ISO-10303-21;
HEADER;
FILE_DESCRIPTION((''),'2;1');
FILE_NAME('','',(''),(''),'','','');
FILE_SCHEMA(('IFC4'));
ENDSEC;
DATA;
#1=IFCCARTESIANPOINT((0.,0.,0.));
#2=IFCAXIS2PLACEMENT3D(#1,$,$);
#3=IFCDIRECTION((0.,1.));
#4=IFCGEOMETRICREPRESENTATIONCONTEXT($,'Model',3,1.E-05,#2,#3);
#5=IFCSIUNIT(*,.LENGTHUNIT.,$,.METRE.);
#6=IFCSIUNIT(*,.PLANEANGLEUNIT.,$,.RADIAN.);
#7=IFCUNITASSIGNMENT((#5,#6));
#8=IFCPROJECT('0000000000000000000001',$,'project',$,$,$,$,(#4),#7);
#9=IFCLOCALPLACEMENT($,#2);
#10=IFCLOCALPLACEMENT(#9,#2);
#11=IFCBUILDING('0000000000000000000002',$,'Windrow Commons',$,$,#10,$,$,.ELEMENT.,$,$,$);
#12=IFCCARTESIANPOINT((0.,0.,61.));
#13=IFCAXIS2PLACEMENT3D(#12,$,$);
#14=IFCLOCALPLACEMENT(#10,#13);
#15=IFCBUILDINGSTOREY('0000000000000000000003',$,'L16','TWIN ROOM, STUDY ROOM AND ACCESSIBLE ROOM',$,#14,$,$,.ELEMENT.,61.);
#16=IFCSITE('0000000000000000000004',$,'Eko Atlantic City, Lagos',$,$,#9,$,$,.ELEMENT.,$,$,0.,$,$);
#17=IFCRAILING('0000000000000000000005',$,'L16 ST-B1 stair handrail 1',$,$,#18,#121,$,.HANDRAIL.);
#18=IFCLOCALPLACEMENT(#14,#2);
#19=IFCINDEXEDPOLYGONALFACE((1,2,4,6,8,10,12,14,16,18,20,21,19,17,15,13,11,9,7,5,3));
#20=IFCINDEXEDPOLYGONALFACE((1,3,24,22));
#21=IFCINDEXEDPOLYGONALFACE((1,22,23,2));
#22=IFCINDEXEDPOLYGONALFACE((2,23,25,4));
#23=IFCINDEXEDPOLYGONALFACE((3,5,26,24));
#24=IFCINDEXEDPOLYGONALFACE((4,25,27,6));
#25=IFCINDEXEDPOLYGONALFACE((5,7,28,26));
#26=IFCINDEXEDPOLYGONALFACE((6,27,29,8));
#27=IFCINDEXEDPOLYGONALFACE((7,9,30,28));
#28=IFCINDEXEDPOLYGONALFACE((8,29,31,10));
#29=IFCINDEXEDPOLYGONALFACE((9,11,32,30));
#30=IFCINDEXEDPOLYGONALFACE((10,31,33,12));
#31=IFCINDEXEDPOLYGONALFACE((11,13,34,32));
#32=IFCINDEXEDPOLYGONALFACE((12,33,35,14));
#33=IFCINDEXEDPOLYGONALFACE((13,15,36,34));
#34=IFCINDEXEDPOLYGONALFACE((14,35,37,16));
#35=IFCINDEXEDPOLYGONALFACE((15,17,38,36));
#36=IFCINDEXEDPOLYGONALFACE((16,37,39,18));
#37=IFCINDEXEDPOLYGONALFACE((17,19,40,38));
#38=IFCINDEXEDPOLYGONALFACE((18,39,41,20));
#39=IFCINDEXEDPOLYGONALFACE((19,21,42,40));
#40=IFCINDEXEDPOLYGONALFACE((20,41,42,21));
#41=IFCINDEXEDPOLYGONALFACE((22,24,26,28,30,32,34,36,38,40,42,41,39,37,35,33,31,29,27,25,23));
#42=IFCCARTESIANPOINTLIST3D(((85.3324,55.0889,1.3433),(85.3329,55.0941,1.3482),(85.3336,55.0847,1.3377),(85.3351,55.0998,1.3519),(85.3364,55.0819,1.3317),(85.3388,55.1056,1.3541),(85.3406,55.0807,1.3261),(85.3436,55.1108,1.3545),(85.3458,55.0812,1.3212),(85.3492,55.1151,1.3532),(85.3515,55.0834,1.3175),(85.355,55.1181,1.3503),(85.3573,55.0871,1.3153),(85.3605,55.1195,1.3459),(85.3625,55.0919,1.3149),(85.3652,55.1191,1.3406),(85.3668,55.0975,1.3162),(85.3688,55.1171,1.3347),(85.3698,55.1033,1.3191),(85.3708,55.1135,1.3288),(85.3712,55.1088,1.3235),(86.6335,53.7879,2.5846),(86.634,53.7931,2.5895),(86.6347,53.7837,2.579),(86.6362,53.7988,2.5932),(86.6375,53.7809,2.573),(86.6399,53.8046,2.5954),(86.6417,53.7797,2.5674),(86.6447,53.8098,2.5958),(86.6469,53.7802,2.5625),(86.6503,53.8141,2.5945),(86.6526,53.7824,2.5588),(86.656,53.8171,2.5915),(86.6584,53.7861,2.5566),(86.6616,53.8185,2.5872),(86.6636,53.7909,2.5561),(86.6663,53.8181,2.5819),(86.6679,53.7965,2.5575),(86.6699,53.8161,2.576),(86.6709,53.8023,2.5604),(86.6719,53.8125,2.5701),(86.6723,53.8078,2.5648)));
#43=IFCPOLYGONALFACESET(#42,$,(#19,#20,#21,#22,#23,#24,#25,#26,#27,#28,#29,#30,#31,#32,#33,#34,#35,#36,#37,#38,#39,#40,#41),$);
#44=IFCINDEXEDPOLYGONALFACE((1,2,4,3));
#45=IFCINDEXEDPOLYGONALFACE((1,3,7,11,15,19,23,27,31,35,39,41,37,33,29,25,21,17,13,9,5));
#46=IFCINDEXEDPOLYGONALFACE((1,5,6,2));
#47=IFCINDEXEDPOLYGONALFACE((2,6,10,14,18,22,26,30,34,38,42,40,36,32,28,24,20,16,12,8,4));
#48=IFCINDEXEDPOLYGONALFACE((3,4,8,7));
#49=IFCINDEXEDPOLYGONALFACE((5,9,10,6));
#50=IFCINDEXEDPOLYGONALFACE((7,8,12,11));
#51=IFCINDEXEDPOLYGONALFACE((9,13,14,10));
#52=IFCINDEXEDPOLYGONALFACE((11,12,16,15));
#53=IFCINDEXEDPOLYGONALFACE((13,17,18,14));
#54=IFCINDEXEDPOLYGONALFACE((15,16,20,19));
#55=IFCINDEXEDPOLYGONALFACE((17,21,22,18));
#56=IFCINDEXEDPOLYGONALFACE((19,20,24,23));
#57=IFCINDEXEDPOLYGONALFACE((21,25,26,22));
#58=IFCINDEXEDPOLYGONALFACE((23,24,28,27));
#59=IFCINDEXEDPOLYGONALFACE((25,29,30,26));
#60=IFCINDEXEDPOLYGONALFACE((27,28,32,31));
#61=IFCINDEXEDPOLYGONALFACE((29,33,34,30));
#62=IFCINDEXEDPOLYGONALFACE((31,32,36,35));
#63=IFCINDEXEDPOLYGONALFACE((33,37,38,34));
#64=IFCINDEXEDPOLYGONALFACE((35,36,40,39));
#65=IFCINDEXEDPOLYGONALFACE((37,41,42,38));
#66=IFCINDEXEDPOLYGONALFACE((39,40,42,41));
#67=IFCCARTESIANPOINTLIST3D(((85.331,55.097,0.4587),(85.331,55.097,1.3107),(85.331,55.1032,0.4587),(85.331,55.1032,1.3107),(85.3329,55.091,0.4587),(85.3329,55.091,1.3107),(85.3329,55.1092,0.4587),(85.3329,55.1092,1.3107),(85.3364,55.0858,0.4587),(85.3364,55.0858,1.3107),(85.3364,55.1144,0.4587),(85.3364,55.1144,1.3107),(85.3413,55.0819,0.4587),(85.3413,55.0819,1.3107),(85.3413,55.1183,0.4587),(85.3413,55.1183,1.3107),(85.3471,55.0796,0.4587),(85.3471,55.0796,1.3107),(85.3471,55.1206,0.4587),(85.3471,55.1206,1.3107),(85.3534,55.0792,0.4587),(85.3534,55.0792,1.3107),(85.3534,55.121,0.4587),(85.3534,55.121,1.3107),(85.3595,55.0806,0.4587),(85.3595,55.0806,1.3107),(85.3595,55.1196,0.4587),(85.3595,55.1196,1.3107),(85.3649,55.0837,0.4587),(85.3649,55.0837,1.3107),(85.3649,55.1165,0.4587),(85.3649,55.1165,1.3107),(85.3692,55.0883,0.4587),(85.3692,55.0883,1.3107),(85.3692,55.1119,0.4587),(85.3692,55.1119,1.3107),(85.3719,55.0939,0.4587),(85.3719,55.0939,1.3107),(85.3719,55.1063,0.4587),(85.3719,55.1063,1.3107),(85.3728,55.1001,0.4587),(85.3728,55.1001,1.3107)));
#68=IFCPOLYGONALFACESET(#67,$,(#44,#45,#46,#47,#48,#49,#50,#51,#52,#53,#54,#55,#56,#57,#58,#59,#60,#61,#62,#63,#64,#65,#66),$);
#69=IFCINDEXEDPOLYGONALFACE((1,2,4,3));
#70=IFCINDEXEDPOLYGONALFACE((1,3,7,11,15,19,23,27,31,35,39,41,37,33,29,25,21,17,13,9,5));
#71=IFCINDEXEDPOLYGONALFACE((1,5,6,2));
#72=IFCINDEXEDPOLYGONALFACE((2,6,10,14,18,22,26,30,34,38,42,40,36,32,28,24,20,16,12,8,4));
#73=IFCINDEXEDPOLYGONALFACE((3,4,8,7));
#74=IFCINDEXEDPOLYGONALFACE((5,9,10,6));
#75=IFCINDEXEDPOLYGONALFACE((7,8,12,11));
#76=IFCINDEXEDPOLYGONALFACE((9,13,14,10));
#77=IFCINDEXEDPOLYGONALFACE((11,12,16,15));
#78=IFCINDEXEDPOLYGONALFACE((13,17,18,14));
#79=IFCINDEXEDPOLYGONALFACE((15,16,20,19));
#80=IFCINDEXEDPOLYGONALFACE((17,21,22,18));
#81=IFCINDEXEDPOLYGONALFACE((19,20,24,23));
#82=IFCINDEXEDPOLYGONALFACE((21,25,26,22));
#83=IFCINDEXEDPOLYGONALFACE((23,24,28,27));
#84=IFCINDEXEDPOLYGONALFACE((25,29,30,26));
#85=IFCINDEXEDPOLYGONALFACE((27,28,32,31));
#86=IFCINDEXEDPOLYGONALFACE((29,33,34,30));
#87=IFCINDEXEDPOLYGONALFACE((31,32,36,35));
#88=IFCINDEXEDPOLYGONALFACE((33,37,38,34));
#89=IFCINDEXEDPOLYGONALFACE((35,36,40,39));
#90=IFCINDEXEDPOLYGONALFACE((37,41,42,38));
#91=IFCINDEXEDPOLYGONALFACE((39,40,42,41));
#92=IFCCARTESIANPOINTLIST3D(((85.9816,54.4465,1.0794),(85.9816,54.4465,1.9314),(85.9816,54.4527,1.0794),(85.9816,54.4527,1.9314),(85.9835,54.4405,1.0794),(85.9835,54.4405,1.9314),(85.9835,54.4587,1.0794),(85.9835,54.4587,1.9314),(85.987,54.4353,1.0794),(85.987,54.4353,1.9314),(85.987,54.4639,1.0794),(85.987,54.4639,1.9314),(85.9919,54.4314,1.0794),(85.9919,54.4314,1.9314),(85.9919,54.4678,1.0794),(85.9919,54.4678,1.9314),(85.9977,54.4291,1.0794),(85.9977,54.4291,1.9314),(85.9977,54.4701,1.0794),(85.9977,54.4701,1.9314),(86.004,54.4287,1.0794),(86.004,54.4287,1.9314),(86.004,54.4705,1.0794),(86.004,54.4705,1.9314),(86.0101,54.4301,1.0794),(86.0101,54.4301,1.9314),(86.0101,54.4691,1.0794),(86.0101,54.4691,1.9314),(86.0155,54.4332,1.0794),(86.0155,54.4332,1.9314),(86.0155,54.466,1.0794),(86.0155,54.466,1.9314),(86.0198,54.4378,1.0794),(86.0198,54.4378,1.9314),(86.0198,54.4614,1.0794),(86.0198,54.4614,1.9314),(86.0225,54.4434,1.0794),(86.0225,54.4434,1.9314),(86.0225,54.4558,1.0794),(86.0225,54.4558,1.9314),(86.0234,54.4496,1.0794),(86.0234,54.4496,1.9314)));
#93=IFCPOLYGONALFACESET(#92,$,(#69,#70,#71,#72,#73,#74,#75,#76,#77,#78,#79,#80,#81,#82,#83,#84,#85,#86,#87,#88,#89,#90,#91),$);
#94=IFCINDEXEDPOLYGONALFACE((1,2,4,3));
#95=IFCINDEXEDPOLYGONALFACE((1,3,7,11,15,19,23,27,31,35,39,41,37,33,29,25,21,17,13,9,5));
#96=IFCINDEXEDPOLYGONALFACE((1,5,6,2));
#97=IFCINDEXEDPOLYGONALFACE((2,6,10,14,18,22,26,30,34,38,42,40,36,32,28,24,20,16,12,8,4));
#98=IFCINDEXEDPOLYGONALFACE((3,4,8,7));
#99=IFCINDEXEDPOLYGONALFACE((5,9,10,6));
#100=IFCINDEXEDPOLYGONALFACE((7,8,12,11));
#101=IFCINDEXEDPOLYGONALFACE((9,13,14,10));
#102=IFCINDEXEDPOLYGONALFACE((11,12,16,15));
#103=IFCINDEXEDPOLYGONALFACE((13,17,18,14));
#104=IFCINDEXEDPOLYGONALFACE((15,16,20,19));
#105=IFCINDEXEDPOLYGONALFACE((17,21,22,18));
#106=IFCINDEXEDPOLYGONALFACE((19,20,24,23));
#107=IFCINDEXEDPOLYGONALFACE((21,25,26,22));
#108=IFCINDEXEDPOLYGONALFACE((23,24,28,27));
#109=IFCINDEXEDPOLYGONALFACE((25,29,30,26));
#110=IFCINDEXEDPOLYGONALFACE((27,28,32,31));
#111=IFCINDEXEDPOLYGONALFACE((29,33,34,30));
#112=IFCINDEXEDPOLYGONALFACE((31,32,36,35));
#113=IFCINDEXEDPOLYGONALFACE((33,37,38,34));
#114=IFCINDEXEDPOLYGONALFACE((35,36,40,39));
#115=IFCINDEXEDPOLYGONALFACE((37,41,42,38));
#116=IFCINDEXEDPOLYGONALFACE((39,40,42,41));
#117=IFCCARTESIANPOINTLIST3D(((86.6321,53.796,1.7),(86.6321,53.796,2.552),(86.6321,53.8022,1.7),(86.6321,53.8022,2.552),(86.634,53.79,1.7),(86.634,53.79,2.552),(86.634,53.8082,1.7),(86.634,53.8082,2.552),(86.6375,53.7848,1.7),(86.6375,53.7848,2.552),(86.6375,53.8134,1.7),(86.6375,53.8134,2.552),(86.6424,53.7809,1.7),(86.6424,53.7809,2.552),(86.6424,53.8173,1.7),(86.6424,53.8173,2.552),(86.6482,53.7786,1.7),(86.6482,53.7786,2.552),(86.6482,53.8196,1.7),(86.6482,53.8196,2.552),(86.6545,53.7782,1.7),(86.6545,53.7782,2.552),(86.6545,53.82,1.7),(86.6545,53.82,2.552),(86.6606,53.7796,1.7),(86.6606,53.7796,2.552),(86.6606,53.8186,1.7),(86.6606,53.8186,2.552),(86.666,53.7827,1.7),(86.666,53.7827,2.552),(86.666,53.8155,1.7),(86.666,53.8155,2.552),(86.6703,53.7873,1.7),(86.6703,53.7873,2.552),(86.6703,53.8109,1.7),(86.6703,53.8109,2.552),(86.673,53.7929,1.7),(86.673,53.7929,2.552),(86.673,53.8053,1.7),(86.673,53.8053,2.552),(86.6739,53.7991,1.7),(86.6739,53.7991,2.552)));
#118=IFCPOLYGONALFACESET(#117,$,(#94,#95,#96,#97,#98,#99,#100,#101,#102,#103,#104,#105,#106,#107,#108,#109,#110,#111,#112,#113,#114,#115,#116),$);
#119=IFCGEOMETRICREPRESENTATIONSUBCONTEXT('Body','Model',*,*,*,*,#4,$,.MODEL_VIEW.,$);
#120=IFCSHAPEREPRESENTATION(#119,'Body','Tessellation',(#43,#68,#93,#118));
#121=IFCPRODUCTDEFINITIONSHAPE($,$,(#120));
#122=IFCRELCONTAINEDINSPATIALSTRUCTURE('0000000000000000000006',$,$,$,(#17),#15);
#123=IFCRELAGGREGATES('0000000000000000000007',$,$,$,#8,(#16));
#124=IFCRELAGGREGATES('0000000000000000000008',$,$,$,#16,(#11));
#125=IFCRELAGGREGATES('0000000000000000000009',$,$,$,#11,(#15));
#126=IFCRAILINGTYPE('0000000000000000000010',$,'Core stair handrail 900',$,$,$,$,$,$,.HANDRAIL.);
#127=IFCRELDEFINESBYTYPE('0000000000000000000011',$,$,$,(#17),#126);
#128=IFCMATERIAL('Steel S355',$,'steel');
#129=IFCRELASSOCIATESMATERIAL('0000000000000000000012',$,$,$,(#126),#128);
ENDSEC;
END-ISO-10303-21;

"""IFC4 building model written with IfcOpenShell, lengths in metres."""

from ifc_helpers import new_model, si_unit, direction, frame, origin, origin_2d, place, context, subcontext, project, spatial, circle, extrude, material, type_object, element, save


model = new_model("IFC4")

# Units and contexts
model_context = context("Model", 3, precision=1e-05, world=origin(), true_north=direction((0.0, 1.0)))
body_context = subcontext(model_context, "Body", "Model", "MODEL_VIEW")
ifc_project = project(units=[si_unit("LENGTHUNIT", "METRE"), si_unit("PLANEANGLEUNIT", "RADIAN")], contexts=[model_context])

# Site, building, storey
site_placement = place(None, origin())
site = spatial("IfcSite", under=ifc_project, at=site_placement, Name="Eko Atlantic City, Lagos", CompositionType="ELEMENT", RefElevation=0.0)
building_placement = place(site_placement, origin())
building = spatial("IfcBuilding", under=site, at=building_placement, Name="Windrow Commons", CompositionType="ELEMENT")
storey_placement = place(building_placement, frame((0.0, 0.0, 61.0)))
storey = spatial("IfcBuildingStorey", under=building, at=storey_placement, Name="L16", Description="TWIN ROOM, STUDY ROOM AND ACCESSIBLE ROOM", CompositionType="ELEMENT", Elevation=61.0)

# Railing
ifc_material_1 = material(Name="Steel S355", Category="steel")
railing_type = type_object("IfcRailingType", Name="Core stair handrail 900", PredefinedType="HANDRAIL", material=ifc_material_1)
railing_placement = place(storey_placement, frame((85.3518, 55.1001, 0.4587)))
element("IfcRailing", 1, at=railing_placement, inside=storey, type_object=railing_type, Name="L16 ST-B1 stair handrail 1", PredefinedType="HANDRAIL", context=body_context, shape_type="SweptSolid", body=[
    extrude(circle(Radius=0.024, at=origin_2d()), frame((0.0, 0.0, 0.876), z_axis=(0.586207, -0.586162, 0.559264), x_axis=(0.70708, 0.707134, 0.0)), (0.0, 0.0, 1.0), 2.2195),
    extrude(circle(Radius=0.021, at=origin_2d()), origin(), (0.0, 0.0, 1.0), 0.852),
    extrude(circle(Radius=0.021, at=origin_2d()), frame((0.6506, -0.6505, 0.6207)), (0.0, 0.0, 1.0), 0.852),
    extrude(circle(Radius=0.021, at=origin_2d()), frame((1.3011, -1.301, 1.2413)), (0.0, 0.0, 1.0), 0.852),
])

save(model, "model.ifc")
